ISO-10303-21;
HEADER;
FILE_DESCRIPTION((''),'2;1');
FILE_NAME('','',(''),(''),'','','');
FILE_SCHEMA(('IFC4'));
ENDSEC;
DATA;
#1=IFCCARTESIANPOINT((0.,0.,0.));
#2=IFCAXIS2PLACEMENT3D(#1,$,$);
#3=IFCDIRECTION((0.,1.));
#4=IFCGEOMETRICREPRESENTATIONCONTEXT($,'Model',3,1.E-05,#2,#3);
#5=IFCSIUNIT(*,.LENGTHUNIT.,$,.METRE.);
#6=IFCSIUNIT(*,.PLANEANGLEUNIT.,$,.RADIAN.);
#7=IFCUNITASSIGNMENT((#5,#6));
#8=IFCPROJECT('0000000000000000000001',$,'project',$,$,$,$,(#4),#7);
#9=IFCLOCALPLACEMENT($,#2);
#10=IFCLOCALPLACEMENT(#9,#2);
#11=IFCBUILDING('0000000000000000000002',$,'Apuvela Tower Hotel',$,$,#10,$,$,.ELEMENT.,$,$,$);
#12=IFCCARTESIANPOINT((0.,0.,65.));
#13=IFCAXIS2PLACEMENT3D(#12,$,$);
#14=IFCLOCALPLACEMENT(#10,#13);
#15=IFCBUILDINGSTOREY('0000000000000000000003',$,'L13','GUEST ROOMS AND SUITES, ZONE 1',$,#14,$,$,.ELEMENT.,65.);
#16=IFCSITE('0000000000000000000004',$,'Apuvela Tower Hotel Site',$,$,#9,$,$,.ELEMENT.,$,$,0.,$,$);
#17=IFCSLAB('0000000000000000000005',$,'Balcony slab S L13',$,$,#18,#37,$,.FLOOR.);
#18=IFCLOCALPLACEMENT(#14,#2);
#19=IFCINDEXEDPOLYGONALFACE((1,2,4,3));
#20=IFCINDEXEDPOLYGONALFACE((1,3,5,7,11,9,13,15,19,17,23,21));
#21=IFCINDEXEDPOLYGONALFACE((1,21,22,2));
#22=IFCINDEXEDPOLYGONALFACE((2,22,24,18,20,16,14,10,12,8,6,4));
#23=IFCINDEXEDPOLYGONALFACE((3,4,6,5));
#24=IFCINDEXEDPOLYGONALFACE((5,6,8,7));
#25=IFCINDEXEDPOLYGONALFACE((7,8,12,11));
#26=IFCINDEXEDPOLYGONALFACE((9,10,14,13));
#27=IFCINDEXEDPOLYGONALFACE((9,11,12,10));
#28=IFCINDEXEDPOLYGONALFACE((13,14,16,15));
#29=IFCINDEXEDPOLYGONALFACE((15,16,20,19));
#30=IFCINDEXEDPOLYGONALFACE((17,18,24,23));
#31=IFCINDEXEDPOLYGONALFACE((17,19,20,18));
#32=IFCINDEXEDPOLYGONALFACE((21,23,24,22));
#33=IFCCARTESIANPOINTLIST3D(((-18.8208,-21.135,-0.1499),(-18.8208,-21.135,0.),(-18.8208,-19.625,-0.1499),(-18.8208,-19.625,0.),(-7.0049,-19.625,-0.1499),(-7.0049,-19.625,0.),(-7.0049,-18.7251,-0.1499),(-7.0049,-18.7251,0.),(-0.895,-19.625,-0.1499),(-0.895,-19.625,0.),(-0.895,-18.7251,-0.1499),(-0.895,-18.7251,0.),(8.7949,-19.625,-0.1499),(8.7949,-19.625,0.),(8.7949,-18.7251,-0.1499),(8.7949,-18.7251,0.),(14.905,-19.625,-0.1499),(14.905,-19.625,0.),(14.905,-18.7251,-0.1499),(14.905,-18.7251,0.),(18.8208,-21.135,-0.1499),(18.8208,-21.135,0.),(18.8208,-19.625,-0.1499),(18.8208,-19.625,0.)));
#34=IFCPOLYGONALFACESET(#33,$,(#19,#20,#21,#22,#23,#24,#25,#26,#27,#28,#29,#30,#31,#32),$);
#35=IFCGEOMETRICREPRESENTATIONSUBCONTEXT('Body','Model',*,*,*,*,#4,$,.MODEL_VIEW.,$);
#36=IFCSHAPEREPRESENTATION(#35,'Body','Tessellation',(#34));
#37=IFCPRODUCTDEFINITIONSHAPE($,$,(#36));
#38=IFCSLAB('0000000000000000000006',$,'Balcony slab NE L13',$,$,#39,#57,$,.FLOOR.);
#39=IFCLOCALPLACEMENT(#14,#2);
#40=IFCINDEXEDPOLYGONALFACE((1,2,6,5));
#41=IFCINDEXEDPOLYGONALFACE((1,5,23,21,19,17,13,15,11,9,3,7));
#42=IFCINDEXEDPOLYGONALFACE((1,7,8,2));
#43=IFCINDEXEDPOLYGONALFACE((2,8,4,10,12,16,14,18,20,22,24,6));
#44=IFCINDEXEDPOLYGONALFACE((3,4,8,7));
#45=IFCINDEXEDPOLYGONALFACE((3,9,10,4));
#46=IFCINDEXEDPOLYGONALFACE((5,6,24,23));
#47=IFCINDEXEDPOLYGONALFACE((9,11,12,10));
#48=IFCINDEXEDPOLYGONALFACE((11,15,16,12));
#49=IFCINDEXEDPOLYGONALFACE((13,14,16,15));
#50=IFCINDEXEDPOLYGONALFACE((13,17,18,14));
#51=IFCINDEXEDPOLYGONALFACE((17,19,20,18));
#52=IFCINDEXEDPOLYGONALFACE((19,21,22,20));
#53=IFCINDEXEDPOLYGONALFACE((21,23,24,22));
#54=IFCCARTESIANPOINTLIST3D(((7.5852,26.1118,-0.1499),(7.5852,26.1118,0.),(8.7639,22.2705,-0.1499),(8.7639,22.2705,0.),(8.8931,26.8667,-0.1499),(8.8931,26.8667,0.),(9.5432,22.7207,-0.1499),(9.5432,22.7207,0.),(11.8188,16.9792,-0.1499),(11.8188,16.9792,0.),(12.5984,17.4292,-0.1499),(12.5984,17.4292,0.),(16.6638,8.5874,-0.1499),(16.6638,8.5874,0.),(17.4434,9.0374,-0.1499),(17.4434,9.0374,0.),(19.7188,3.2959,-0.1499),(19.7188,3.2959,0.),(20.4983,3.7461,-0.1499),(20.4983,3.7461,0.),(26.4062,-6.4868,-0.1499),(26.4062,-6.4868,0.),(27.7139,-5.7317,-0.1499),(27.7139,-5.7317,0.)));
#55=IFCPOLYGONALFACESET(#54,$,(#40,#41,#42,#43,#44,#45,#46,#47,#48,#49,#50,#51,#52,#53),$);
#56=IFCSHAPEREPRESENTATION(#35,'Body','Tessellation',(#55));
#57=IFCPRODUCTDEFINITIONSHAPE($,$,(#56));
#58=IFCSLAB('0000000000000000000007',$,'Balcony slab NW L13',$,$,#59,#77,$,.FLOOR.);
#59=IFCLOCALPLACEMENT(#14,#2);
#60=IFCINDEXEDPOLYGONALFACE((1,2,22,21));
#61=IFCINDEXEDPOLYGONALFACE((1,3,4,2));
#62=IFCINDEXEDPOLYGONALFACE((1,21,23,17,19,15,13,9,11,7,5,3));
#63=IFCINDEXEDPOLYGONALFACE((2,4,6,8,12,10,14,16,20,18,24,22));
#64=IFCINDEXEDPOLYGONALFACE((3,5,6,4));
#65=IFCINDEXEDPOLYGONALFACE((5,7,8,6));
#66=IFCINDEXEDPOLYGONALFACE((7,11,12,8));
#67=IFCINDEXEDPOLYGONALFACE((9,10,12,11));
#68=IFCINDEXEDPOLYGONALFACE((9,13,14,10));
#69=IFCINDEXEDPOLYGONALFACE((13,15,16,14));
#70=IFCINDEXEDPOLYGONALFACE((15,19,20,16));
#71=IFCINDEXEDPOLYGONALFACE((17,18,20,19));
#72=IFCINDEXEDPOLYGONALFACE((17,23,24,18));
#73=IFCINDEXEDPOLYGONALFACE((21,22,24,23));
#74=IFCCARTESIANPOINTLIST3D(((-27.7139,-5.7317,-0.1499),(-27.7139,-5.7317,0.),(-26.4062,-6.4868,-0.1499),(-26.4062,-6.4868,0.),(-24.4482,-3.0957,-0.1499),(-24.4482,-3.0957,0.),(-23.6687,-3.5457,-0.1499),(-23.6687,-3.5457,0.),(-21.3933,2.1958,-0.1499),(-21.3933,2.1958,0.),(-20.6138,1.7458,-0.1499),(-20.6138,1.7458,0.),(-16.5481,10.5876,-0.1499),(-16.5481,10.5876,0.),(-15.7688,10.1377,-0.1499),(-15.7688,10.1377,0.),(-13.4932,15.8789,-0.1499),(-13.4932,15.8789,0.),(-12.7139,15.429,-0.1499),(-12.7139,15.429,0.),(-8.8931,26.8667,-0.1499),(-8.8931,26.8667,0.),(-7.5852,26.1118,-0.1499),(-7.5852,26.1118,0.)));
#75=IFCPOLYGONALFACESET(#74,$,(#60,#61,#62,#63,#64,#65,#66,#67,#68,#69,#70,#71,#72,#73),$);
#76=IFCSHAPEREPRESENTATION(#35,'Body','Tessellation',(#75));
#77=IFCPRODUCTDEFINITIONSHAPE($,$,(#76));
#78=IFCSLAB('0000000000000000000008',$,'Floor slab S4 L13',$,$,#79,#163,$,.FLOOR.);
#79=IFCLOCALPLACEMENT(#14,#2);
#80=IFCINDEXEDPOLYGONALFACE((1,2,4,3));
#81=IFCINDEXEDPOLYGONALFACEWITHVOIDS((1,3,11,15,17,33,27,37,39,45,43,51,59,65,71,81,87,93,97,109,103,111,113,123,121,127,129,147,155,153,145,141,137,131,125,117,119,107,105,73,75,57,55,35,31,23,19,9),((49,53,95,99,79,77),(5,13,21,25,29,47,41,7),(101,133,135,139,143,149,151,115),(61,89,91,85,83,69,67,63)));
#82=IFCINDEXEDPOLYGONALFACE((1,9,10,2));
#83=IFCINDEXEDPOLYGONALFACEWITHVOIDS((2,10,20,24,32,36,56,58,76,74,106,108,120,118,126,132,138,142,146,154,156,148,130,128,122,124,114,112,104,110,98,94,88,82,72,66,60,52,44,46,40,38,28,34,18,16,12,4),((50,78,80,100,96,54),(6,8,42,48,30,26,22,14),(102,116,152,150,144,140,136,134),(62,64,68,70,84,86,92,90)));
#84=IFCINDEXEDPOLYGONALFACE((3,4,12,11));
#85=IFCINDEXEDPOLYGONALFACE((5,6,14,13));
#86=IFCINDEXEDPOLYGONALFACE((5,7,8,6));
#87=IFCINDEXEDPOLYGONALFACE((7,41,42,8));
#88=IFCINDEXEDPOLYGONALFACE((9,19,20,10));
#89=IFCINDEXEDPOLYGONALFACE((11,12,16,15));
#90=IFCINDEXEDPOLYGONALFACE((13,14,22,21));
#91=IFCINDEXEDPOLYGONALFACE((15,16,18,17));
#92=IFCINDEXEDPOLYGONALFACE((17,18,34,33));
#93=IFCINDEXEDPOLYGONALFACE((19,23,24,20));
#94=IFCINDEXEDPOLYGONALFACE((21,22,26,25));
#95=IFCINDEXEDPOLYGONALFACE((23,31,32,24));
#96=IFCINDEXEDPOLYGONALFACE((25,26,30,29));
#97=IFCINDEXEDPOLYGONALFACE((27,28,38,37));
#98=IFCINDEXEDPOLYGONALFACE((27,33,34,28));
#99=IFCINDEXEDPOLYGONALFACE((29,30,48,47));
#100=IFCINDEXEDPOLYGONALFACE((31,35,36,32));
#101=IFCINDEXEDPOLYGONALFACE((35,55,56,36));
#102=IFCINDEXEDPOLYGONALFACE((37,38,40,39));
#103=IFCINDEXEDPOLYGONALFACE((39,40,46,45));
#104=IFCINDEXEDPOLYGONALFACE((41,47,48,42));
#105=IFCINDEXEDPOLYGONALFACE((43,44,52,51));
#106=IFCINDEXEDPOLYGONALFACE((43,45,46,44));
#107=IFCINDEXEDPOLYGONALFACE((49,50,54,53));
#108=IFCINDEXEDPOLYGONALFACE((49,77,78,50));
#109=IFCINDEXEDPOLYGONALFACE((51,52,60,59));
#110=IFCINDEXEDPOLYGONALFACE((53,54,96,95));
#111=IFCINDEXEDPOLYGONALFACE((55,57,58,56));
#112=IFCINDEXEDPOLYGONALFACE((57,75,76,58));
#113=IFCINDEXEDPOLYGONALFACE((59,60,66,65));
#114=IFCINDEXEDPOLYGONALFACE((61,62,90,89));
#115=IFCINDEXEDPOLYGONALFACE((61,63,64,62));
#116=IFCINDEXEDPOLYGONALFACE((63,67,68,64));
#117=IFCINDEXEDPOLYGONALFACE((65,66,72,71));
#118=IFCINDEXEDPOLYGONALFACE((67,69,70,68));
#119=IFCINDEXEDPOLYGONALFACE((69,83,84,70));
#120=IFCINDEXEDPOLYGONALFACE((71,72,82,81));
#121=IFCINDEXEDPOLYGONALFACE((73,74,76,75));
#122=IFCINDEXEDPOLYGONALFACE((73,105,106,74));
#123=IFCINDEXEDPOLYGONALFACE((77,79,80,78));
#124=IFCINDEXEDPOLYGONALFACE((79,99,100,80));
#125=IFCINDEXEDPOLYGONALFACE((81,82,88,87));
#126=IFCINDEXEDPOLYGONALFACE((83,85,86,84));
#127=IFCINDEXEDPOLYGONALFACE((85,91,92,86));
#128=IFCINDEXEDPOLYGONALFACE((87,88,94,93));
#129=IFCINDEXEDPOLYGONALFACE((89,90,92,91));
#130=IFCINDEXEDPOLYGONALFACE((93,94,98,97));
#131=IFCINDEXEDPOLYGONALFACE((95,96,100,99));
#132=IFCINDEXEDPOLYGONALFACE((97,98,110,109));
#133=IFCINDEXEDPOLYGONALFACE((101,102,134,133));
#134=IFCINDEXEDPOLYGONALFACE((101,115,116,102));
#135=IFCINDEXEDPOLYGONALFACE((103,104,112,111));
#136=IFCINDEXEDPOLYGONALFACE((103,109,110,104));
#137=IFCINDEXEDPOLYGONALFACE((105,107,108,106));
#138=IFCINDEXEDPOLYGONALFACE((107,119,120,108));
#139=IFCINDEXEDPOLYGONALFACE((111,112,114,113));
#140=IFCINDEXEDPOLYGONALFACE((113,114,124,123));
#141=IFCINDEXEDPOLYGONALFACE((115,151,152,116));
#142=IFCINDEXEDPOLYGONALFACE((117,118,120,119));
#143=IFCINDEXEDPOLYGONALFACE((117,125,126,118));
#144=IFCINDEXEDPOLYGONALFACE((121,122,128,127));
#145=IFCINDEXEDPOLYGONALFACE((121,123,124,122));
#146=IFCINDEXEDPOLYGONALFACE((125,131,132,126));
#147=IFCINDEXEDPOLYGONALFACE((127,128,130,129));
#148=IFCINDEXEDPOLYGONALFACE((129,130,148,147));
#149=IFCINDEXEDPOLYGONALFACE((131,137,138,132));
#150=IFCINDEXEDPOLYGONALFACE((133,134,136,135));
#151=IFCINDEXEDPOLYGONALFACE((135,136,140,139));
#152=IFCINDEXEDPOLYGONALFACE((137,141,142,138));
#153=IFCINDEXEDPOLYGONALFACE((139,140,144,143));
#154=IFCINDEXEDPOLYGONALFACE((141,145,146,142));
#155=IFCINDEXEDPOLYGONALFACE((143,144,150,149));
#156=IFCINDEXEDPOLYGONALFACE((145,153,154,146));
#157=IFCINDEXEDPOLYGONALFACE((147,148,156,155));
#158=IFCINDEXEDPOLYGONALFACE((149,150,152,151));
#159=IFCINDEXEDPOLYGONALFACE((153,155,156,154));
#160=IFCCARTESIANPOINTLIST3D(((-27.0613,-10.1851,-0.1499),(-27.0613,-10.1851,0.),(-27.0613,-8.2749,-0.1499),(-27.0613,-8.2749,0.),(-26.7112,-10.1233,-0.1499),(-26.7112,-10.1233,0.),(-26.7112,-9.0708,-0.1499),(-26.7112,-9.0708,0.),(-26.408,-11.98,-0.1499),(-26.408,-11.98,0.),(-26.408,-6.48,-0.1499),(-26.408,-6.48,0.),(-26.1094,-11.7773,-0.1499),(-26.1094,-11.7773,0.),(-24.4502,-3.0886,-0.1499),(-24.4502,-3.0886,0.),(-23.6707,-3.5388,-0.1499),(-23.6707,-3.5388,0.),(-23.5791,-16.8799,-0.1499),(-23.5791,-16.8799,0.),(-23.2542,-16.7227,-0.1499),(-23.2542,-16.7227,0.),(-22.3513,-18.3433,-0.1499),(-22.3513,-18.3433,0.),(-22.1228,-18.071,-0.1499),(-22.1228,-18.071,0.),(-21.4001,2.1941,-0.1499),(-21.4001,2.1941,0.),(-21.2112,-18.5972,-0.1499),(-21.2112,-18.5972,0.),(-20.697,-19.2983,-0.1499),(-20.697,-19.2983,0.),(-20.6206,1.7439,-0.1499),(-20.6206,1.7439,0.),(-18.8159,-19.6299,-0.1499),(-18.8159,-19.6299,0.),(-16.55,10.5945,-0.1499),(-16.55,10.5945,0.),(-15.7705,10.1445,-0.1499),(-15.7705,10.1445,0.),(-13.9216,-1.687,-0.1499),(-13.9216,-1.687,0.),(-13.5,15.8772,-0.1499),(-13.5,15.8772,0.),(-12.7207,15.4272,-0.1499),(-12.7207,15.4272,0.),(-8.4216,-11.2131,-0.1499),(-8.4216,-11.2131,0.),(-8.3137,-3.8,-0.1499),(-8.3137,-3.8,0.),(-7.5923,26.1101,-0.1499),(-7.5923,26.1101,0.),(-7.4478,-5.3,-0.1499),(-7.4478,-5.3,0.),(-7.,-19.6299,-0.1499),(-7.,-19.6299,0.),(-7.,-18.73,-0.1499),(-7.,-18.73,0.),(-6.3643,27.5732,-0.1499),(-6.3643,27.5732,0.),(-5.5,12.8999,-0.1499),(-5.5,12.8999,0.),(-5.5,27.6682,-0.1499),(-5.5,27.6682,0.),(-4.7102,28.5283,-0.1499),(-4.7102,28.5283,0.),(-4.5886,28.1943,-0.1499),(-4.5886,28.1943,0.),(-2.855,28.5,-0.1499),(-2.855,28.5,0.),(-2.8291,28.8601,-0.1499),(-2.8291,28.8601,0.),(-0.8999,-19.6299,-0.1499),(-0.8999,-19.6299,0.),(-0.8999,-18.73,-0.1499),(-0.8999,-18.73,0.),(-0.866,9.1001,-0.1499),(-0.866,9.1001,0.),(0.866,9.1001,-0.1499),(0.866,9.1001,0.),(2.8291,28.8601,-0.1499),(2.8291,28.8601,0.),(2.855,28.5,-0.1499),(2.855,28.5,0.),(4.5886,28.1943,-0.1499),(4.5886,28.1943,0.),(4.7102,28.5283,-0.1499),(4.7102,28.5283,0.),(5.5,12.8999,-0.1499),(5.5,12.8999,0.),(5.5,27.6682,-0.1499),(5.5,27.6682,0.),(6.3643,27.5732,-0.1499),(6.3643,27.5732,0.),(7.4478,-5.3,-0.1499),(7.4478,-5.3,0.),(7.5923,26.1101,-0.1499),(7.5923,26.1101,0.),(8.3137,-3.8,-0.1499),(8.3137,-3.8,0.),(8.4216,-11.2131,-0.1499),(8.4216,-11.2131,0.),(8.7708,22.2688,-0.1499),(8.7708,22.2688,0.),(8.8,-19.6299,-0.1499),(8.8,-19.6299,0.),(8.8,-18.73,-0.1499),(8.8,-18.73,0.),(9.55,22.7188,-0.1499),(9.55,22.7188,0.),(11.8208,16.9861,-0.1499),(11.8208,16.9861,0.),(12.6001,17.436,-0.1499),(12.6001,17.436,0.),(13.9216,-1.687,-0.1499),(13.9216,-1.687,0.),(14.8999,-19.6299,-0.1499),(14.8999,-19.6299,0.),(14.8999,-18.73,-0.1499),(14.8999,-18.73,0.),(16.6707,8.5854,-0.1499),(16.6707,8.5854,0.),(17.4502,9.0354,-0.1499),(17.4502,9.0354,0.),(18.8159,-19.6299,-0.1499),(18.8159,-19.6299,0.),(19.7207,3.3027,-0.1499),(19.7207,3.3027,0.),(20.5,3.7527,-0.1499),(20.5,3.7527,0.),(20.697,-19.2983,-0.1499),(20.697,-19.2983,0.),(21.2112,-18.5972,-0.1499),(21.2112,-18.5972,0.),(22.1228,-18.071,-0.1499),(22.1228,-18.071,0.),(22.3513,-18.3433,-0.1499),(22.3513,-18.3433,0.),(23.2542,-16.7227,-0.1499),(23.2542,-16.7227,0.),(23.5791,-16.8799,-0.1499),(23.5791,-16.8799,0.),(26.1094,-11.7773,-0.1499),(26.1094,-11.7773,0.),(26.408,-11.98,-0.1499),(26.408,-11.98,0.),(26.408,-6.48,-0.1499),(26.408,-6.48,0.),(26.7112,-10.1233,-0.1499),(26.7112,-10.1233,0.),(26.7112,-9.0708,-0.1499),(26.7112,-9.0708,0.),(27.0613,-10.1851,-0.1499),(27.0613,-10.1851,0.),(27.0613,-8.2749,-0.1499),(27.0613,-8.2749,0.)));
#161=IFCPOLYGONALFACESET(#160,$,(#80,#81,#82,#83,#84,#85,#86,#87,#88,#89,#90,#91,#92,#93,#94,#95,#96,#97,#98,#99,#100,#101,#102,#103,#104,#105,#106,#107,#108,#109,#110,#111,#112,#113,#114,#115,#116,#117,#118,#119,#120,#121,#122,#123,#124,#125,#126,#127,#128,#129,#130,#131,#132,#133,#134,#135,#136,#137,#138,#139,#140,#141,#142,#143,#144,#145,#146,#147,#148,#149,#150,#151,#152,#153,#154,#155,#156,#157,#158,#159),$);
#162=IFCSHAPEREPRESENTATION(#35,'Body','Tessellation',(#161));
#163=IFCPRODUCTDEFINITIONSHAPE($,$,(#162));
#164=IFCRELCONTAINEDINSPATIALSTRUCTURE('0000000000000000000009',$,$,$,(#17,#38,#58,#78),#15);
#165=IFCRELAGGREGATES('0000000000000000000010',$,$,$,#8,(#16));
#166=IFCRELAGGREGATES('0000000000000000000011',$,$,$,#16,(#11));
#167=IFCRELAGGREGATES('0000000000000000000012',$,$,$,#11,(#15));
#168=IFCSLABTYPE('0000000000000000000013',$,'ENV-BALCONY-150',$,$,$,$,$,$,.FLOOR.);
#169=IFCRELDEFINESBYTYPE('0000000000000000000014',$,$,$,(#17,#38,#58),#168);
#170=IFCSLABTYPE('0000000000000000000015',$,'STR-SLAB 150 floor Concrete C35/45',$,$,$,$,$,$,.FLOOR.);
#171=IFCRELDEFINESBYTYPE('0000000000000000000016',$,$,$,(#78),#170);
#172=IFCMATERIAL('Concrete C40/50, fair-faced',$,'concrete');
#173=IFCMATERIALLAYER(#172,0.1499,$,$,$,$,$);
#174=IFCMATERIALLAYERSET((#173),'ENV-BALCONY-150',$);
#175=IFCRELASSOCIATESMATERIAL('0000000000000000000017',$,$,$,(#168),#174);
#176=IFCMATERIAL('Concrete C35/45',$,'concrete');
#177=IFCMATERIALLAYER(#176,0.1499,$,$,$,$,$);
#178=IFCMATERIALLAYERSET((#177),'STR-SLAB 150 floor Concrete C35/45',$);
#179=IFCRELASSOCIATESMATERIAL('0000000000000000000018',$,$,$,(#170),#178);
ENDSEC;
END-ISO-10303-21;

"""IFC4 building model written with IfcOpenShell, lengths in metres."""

from ifc_helpers import new_model, si_unit, direction, frame, origin, place, context, subcontext, project, spatial, polyline, outline, extrude, material, layer, layer_set, type_object, element, save


model = new_model("IFC4")

# Units and contexts
model_context = context("Model", 3, precision=1e-05, world=origin(), true_north=direction((0.0, 1.0)))
body_context = subcontext(model_context, "Body", "Model", "MODEL_VIEW")
ifc_project = project(units=[si_unit("LENGTHUNIT", "METRE"), si_unit("PLANEANGLEUNIT", "RADIAN")], contexts=[model_context])

# Site, building, storey
site_placement = place(None, origin())
site = spatial("IfcSite", under=ifc_project, at=site_placement, Name="Apuvela Tower Hotel Site", CompositionType="ELEMENT", RefElevation=0.0)
building_placement = place(site_placement, origin())
building = spatial("IfcBuilding", under=site, at=building_placement, Name="Apuvela Tower Hotel", CompositionType="ELEMENT")
storey_placement = place(building_placement, frame((0.0, 0.0, 65.0)))
storey = spatial("IfcBuildingStorey", under=building, at=storey_placement, Name="L13", Description="GUEST ROOMS AND SUITES, ZONE 1", CompositionType="ELEMENT", Elevation=65.0)

# Slabs
ifc_material_1 = material(Name="Concrete C40/50, fair-faced", Category="concrete")
ifc_layer_1 = layer(ifc_material_1, 0.1499)
ifc_layer_set_1 = layer_set([ifc_layer_1], Name="ENV-BALCONY-150")
slab_type_1 = type_object("IfcSlabType", Name="ENV-BALCONY-150", PredefinedType="FLOOR", material=ifc_layer_set_1)
slab_1_placement = place(storey_placement, frame((0.0, 0.0, -0.1499)))
element("IfcSlab", 1, at=slab_1_placement, inside=storey, type_object=slab_type_1, Name="Balcony slab S L13", PredefinedType="FLOOR", context=body_context, shape_type="SweptSolid", body=[
    extrude(outline(polyline([(18.8208, -21.135), (-18.8208, -21.135), (-18.8208, -19.625), (-7.0049, -19.625), (-7.0049, -18.7251), (-0.895, -18.7251), (-0.895, -19.625), (8.7949, -19.625), (8.7949, -18.7251), (14.905, -18.7251), (14.905, -19.625), (18.8208, -19.625), (18.8208, -21.135)])), origin(), (0.0, 0.0, 1.0), 0.1499),
])
slab_2_placement = place(storey_placement, frame((0.0, 0.0, -0.1499)))
element("IfcSlab", 2, at=slab_2_placement, inside=storey, type_object=slab_type_1, Name="Balcony slab NE L13", PredefinedType="FLOOR", context=body_context, shape_type="SweptSolid", body=[
    extrude(outline(polyline([(17.4434, 9.0374), (12.5984, 17.4292), (11.8188, 16.9792), (8.7639, 22.2705), (9.5432, 22.7207), (7.5852, 26.1118), (8.8931, 26.8667), (27.7139, -5.7317), (26.4062, -6.4868), (20.4983, 3.7461), (19.7188, 3.2959), (16.6638, 8.5874), (17.4434, 9.0374)])), origin(), (0.0, 0.0, 1.0), 0.1499),
])
slab_3_placement = place(storey_placement, frame((0.0, 0.0, -0.1499)))
element("IfcSlab", 3, at=slab_3_placement, inside=storey, type_object=slab_type_1, Name="Balcony slab NW L13", PredefinedType="FLOOR", context=body_context, shape_type="SweptSolid", body=[
    extrude(outline(polyline([(-27.7139, -5.7317), (-8.8931, 26.8667), (-7.5852, 26.1118), (-13.4932, 15.8789), (-12.7139, 15.429), (-15.7688, 10.1377), (-16.5481, 10.5876), (-21.3933, 2.1958), (-20.6138, 1.7458), (-23.6687, -3.5457), (-24.4482, -3.0957), (-26.4062, -6.4868), (-27.7139, -5.7317)])), origin(), (0.0, 0.0, 1.0), 0.1499),
])
ifc_material_2 = material(Name="Concrete C35/45", Category="concrete")
ifc_layer_2 = layer(ifc_material_2, 0.1499)
ifc_layer_set_2 = layer_set([ifc_layer_2], Name="STR-SLAB 150 floor Concrete C35/45")
slab_type_2 = type_object("IfcSlabType", Name="STR-SLAB 150 floor Concrete C35/45", PredefinedType="FLOOR", material=ifc_layer_set_2)
slab_4_placement = place(storey_placement, frame((0.0, 0.0, -0.1499)))
element("IfcSlab", 4, at=slab_4_placement, inside=storey, type_object=slab_type_2, Name="Floor slab S4 L13", PredefinedType="FLOOR", context=body_context, shape_type="SweptSolid", body=[
    extrude(outline(polyline([(-6.3643, 27.5732), (-4.7102, 28.5283), (-2.8291, 28.8601), (2.8291, 28.8601), (4.7102, 28.5283), (6.3643, 27.5732), (7.5923, 26.1101), (9.55, 22.7188), (8.7708, 22.2688), (11.8208, 16.9861), (12.6001, 17.436), (17.4502, 9.0354), (16.6707, 8.5854), (19.7207, 3.3027), (20.5, 3.7527), (26.408, -6.48), (27.0613, -8.2749), (27.0613, -10.1851), (26.408, -11.98), (23.5791, -16.8799), (22.3513, -18.3433), (20.697, -19.2983), (18.8159, -19.6299), (14.8999, -19.6299), (14.8999, -18.73), (8.8, -18.73), (8.8, -19.6299), (-0.8999, -19.6299), (-0.8999, -18.73), (-7.0, -18.73), (-7.0, -19.6299), (-18.8159, -19.6299), (-20.697, -19.2983), (-22.3513, -18.3433), (-23.5791, -16.8799), (-26.408, -11.98), (-27.0613, -10.1851), (-27.0613, -8.2749), (-26.408, -6.48), (-24.4502, -3.0886), (-23.6707, -3.5388), (-20.6206, 1.7439), (-21.4001, 2.1941), (-16.55, 10.5945), (-15.7705, 10.1445), (-12.7207, 15.4272), (-13.5, 15.8772), (-7.5923, 26.1101), (-6.3643, 27.5732)]), holes=[polyline([(0.866, 9.1001), (-0.866, 9.1001), (-8.3137, -3.8), (-7.4478, -5.3), (7.4478, -5.3), (8.3137, -3.8), (0.866, 9.1001)]), polyline([(-5.5, 12.8999), (-5.5, 27.6682), (-4.5886, 28.1943), (-2.855, 28.5), (2.855, 28.5), (4.5886, 28.1943), (5.5, 27.6682), (5.5, 12.8999), (-5.5, 12.8999)]), polyline([(-8.4216, -11.2131), (-21.2112, -18.5972), (-22.1228, -18.071), (-23.2542, -16.7227), (-26.1094, -11.7773), (-26.7112, -10.1233), (-26.7112, -9.0708), (-13.9216, -1.687), (-8.4216, -11.2131)]), polyline([(13.9216, -1.687), (26.7112, -9.0708), (26.7112, -10.1233), (26.1094, -11.7773), (23.2542, -16.7227), (22.1228, -18.071), (21.2112, -18.5972), (8.4216, -11.2131), (13.9216, -1.687)])]), origin(), (0.0, 0.0, 1.0), 0.1499),
])

save(model, "model.ifc")
